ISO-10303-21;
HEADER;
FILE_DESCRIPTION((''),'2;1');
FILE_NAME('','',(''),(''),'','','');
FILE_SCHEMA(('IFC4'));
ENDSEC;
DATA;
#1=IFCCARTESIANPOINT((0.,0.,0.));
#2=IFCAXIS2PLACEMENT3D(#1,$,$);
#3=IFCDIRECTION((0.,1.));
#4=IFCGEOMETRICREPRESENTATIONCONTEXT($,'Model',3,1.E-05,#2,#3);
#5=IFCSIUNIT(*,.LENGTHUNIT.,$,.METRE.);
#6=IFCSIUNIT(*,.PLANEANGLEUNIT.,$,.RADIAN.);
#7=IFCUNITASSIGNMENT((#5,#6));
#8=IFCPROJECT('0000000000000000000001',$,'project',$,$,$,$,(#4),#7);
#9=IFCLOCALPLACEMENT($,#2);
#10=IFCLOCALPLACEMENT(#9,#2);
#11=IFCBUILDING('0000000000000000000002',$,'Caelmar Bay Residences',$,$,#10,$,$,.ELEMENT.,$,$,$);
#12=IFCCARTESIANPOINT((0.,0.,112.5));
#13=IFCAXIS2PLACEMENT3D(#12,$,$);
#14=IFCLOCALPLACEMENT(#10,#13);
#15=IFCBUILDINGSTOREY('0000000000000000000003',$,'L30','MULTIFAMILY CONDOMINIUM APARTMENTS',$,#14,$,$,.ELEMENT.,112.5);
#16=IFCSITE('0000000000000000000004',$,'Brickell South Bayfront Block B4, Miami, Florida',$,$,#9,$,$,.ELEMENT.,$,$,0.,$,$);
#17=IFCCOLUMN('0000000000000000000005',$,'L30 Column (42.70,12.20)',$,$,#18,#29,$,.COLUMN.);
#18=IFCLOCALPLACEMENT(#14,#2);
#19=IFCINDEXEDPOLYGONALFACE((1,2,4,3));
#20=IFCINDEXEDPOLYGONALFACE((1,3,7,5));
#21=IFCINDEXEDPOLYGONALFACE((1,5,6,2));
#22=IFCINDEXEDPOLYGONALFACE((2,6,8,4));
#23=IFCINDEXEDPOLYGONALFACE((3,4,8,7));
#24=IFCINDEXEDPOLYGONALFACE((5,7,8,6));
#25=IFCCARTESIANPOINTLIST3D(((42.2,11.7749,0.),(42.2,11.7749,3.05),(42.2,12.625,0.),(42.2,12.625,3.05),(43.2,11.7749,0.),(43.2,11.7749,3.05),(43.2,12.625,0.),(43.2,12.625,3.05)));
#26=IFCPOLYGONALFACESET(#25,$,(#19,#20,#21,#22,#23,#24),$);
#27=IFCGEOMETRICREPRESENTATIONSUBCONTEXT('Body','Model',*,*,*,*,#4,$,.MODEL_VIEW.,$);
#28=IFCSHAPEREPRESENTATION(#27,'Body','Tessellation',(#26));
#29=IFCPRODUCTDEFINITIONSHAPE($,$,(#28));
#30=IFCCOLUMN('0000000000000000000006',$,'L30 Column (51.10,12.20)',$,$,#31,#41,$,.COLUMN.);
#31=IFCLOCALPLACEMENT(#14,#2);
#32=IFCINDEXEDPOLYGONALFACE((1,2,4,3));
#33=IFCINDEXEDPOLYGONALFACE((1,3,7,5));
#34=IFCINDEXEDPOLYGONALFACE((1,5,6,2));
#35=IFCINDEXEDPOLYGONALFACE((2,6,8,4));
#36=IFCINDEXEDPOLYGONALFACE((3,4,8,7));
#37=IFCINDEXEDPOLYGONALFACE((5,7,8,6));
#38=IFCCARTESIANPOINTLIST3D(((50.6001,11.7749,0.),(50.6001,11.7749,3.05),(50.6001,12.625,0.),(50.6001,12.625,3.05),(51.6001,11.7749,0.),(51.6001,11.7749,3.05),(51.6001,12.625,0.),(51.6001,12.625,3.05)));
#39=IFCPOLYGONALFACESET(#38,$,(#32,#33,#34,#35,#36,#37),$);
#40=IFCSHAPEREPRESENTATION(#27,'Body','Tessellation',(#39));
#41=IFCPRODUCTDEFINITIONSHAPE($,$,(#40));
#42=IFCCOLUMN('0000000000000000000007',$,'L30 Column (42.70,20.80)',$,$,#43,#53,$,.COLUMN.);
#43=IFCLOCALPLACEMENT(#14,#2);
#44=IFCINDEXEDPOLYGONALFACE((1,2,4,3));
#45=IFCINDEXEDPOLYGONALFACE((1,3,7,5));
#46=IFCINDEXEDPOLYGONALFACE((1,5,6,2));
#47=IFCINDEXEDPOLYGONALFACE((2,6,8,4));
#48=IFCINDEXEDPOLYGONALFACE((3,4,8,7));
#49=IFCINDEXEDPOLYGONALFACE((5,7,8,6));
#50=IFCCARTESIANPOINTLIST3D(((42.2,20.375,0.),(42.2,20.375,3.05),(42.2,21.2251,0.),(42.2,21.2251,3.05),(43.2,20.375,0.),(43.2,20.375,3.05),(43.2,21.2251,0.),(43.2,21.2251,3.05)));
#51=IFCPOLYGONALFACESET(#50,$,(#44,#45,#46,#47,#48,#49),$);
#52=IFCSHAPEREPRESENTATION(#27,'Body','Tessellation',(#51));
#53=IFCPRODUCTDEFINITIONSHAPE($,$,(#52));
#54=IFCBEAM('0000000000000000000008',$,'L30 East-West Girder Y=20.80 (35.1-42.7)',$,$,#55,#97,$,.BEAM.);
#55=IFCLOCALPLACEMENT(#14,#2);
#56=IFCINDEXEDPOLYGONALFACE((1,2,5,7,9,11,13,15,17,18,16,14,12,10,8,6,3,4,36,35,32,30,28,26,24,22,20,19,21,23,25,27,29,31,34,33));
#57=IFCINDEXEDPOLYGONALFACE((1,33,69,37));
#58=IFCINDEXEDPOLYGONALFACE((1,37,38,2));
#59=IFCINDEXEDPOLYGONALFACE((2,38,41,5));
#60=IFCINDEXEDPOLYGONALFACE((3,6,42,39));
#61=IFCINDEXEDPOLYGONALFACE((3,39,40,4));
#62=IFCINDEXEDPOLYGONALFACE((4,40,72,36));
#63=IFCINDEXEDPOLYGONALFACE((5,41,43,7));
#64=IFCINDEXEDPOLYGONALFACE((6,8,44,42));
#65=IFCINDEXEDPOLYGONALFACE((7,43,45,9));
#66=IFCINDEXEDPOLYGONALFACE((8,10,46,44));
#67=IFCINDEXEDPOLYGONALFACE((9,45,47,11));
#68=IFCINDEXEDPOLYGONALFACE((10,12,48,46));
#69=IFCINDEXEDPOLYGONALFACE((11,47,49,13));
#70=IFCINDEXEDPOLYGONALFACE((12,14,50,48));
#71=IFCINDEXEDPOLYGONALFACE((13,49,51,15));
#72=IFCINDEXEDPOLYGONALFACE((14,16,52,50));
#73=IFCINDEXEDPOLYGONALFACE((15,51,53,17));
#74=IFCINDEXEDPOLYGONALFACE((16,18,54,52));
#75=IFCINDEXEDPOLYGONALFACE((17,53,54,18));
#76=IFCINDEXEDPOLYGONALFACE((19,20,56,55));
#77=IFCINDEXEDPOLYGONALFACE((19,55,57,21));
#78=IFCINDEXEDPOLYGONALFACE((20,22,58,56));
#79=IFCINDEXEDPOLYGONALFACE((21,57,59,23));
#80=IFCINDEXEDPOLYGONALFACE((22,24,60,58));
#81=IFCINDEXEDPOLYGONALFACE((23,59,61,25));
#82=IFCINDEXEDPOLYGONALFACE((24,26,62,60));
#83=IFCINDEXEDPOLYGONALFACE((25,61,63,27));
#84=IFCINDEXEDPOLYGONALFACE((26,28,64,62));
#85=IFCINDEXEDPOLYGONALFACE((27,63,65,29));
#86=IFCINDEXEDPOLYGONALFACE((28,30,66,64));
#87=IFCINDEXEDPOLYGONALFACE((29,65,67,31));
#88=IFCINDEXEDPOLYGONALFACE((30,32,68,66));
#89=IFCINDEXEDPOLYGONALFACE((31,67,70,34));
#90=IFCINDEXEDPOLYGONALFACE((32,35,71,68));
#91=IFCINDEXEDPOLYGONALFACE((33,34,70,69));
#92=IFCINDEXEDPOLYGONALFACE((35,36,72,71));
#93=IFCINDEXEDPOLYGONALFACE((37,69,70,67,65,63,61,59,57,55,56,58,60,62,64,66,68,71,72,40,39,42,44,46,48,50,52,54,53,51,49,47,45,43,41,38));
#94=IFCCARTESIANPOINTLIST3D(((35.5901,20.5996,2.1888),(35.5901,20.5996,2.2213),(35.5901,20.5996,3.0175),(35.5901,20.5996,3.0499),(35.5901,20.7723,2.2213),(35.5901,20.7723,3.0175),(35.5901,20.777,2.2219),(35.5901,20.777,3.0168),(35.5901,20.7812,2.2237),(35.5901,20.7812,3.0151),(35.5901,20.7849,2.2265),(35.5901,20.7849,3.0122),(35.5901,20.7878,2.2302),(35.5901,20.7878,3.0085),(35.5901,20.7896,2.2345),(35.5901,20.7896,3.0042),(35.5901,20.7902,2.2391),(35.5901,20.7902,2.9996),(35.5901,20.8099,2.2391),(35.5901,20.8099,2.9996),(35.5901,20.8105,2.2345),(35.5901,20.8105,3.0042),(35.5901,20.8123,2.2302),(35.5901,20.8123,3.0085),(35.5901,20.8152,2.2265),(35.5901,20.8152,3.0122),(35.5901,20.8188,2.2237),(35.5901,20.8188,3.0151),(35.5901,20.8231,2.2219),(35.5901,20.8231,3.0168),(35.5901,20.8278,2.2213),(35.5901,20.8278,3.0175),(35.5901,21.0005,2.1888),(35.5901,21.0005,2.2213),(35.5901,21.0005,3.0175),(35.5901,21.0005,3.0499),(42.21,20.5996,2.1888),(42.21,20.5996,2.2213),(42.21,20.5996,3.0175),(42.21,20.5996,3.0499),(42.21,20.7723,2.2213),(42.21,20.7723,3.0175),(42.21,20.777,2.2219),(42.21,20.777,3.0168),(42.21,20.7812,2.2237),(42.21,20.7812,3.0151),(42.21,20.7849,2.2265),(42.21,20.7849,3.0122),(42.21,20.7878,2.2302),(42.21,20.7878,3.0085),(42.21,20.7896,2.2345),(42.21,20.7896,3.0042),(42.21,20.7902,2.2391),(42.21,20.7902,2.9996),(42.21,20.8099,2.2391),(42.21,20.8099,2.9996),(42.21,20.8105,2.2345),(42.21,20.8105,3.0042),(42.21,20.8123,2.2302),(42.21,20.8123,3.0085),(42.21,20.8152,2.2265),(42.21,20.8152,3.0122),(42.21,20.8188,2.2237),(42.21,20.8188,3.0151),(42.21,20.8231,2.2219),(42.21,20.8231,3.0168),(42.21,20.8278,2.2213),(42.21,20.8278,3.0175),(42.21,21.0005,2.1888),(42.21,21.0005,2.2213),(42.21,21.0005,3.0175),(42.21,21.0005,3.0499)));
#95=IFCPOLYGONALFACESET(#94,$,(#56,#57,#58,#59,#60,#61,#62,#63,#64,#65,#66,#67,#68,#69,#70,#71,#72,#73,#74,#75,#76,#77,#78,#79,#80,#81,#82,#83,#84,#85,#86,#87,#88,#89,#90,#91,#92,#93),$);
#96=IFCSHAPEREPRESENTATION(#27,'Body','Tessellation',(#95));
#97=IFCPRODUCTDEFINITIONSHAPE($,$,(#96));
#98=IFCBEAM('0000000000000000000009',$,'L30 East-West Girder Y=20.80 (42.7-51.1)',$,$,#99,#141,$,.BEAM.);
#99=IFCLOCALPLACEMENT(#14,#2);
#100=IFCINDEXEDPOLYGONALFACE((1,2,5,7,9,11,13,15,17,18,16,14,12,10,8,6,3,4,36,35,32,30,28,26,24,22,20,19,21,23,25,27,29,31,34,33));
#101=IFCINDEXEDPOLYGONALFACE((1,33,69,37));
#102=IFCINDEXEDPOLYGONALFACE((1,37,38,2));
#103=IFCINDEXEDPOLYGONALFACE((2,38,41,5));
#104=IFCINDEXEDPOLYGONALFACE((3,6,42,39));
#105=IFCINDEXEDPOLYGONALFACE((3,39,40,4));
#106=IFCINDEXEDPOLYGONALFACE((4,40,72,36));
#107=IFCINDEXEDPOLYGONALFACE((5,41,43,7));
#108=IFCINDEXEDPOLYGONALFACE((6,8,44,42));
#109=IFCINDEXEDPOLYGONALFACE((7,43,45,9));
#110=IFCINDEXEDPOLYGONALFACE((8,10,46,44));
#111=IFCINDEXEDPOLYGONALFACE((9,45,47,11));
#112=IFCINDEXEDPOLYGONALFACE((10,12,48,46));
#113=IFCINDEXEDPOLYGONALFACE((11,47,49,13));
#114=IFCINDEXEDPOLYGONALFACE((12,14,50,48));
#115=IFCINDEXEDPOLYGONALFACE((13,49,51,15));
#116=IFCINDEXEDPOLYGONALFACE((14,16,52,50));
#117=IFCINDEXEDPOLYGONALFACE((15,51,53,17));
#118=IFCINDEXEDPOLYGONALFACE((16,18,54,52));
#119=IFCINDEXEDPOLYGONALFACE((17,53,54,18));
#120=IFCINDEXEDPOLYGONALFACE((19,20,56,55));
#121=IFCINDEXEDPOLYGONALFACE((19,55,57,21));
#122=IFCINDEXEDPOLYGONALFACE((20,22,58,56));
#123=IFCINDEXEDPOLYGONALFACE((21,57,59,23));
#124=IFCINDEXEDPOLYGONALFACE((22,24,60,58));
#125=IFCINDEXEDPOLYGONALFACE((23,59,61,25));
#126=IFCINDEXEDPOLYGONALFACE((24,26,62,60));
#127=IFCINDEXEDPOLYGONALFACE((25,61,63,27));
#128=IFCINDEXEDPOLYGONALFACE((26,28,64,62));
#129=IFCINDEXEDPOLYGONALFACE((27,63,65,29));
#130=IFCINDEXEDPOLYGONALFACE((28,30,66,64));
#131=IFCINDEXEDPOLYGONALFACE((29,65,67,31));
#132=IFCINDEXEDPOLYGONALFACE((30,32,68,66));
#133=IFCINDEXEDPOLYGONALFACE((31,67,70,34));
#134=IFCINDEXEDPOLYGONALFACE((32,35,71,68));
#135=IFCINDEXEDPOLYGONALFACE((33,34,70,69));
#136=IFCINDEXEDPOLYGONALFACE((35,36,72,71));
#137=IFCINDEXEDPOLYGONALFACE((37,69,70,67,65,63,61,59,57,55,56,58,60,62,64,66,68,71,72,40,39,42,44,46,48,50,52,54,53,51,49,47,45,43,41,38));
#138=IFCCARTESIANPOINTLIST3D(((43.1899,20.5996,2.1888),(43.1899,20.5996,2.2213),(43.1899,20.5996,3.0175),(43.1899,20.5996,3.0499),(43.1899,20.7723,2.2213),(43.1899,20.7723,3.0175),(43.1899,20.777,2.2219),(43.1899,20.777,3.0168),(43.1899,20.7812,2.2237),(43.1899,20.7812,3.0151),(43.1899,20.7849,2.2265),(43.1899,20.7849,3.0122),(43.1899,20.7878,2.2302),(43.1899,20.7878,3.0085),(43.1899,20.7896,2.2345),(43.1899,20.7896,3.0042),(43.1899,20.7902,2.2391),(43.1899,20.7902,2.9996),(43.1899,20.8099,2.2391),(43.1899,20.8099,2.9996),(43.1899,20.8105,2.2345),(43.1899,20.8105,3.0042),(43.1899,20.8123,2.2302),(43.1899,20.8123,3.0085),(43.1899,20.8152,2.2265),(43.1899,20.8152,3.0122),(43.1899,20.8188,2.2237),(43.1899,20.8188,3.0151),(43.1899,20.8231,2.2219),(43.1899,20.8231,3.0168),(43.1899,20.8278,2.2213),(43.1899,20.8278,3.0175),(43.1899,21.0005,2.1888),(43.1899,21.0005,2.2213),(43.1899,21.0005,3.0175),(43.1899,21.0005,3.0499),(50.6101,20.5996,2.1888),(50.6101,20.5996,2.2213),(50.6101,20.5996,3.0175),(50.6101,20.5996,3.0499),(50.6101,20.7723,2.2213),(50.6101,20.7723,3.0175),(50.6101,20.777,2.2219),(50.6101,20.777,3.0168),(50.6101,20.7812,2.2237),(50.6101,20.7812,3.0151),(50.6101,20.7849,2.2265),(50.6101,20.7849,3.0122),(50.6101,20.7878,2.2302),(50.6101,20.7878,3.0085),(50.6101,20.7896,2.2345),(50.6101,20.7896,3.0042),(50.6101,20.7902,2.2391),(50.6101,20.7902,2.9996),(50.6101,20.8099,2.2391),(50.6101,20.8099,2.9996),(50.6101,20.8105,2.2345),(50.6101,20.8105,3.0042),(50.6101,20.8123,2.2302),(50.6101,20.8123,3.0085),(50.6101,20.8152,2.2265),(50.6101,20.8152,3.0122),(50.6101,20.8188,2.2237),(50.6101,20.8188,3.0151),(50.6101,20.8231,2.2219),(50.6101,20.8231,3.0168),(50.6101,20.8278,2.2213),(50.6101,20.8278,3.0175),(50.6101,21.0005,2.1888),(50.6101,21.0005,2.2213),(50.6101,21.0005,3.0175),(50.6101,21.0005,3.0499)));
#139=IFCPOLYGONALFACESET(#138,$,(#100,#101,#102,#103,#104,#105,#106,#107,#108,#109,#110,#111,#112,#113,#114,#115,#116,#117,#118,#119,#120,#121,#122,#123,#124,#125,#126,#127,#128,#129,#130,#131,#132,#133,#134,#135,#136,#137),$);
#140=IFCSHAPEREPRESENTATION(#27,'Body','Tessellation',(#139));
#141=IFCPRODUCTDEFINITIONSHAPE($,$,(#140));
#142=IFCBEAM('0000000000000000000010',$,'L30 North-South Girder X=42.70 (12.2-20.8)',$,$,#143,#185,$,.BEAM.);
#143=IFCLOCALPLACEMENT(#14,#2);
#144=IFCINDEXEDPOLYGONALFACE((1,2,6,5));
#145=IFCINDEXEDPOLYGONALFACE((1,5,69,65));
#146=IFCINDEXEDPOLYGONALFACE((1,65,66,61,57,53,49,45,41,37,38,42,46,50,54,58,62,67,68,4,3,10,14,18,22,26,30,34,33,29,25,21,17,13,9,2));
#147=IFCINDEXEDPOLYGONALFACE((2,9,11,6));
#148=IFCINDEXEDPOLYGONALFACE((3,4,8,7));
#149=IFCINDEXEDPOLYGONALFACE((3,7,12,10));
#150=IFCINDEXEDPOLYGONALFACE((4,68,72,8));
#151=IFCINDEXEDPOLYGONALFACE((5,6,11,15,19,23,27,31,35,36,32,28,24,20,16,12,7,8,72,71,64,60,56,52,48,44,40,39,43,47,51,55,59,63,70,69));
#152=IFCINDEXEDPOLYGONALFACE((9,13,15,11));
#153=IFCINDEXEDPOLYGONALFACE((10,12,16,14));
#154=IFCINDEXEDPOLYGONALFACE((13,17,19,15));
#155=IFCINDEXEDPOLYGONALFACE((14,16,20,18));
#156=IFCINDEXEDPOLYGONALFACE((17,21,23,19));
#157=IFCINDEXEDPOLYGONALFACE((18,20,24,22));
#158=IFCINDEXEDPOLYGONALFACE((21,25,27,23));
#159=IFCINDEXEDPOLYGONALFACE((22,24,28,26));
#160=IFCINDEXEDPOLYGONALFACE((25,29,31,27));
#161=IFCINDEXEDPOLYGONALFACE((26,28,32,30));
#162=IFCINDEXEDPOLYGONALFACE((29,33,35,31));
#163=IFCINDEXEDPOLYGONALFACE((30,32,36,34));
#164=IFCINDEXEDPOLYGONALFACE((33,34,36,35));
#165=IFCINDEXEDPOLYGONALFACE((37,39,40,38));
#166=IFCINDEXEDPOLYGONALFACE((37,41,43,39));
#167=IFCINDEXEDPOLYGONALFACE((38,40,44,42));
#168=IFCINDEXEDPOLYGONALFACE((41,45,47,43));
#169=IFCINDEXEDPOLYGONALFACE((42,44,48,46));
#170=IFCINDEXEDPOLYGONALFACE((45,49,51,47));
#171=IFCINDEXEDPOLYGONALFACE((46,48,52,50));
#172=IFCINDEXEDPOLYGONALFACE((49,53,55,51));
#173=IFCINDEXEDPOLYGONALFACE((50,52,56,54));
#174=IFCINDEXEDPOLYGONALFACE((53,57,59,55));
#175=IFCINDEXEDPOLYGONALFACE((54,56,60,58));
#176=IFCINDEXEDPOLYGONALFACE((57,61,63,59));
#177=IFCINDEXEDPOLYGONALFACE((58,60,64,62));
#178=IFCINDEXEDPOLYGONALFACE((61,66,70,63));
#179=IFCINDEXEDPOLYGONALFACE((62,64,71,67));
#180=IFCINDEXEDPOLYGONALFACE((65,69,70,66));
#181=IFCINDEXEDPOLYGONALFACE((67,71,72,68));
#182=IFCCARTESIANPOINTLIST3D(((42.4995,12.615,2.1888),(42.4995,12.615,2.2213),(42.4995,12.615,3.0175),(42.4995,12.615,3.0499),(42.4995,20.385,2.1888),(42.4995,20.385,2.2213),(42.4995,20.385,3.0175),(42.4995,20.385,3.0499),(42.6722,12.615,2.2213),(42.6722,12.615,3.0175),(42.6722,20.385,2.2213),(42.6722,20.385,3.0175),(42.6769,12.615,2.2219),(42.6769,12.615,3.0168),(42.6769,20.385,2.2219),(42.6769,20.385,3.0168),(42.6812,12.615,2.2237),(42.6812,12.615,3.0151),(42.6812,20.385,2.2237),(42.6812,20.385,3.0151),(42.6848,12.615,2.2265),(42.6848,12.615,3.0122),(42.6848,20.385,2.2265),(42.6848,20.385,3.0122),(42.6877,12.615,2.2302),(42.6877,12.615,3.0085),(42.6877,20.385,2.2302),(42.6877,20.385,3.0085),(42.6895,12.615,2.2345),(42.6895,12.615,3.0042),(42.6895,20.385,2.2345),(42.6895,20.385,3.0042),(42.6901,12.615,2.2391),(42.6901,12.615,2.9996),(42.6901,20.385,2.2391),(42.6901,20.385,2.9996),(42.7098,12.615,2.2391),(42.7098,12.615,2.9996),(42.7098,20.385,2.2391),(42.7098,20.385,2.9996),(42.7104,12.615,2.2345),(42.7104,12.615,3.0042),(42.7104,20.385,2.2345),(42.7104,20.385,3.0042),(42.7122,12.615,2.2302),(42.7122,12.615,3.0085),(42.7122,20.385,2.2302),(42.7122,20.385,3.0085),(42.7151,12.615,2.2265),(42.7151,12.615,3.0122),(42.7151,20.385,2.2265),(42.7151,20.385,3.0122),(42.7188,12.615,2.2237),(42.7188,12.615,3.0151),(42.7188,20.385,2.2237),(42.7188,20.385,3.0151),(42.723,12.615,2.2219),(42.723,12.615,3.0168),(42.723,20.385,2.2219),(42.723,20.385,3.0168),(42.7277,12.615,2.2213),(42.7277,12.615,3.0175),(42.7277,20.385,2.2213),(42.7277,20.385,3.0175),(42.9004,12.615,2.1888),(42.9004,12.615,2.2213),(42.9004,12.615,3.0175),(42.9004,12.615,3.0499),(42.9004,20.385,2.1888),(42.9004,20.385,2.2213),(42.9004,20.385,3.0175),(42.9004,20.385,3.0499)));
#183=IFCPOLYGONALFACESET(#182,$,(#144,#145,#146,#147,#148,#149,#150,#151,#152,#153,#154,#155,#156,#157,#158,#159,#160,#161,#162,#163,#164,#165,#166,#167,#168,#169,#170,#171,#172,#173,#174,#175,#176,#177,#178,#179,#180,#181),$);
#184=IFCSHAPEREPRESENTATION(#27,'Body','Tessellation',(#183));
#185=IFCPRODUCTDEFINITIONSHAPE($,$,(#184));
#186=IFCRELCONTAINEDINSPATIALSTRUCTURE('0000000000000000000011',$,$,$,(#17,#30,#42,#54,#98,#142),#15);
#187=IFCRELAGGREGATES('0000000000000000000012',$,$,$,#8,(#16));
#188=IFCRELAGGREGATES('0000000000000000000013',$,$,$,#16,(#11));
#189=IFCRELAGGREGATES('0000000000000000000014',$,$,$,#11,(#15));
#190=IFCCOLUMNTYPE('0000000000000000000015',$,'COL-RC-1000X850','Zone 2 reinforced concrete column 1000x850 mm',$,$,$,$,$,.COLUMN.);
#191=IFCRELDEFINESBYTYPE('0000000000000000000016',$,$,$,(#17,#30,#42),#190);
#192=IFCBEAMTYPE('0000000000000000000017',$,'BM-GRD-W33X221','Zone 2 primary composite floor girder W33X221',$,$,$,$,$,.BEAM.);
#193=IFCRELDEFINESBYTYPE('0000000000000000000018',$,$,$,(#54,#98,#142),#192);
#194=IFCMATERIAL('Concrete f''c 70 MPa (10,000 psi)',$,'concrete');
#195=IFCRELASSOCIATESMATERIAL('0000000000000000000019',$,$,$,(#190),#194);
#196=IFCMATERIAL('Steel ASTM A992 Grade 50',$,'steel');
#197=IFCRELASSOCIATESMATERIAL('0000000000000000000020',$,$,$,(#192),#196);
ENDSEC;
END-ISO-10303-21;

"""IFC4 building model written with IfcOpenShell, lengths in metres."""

from ifc_helpers import new_model, si_unit, direction, frame, origin, origin_2d, place, context, subcontext, project, spatial, rectangle, i_section, extrude, material, material_profile, profile_set, type_object, element, save


model = new_model("IFC4")

# Units and contexts
model_context = context("Model", 3, precision=1e-05, world=origin(), true_north=direction((0.0, 1.0)))
body_context = subcontext(model_context, "Body", "Model", "MODEL_VIEW")
ifc_project = project(units=[si_unit("LENGTHUNIT", "METRE"), si_unit("PLANEANGLEUNIT", "RADIAN")], contexts=[model_context])

# Site, building, storey
site_placement = place(None, origin())
site = spatial("IfcSite", under=ifc_project, at=site_placement, Name="Brickell South Bayfront Block B4, Miami, Florida", CompositionType="ELEMENT", RefElevation=0.0)
building_placement = place(site_placement, origin())
building = spatial("IfcBuilding", under=site, at=building_placement, Name="Caelmar Bay Residences", CompositionType="ELEMENT")
storey_placement = place(building_placement, frame((0.0, 0.0, 112.5)))
storey = spatial("IfcBuildingStorey", under=building, at=storey_placement, Name="L30", Description="MULTIFAMILY CONDOMINIUM APARTMENTS", CompositionType="ELEMENT", Elevation=112.5)

# Columns
ifc_material_1 = material(Name="Concrete f'c 70 MPa (10,000 psi)", Category="concrete")
ifc_material_profile_1 = material_profile(ifc_material_1, rectangle(XDim=1.0, YDim=0.8501, at=origin_2d()), Name="RC-COL-1000X850")
ifc_profile_set_1 = profile_set([ifc_material_profile_1], Name="Concrete f'c 70 MPa (10,000 psi)")
column_type = type_object("IfcColumnType", Name="COL-RC-1000X850", Description="Zone 2 reinforced concrete column 1000x850 mm", PredefinedType="COLUMN", material=ifc_profile_set_1)
for number, where, z_axis, x_axis, name in (
    (1, (42.7, 12.2, 0.0), (0.0, 0.0, 1.0), (1.0, 0.0, 0.0), "L30 Column (42.70,12.20)"),
    (2, (51.1001, 12.2, 0.0), (0.0, 0.0, 1.0), (1.0, 0.0, 0.0), "L30 Column (51.10,12.20)"),
    (3, (42.7, 20.8, 0.0), (0.0, 0.0, 1.0), (1.0, 0.0, 0.0), "L30 Column (42.70,20.80)"),
):
    element("IfcColumn", number, at=place(storey_placement, frame(where, z_axis=z_axis, x_axis=x_axis)), inside=storey, type_object=column_type, Name=name, PredefinedType="COLUMN", context=body_context, shape_type="SweptSolid", body=[
        extrude(rectangle(XDim=1.0, YDim=0.8501, at=origin_2d()), origin(), (0.0, 0.0, 1.0), 3.05),
    ])

# Beams
ifc_material_2 = material(Name="Steel ASTM A992 Grade 50", Category="steel")
ifc_material_profile_2 = material_profile(ifc_material_2, i_section(OverallWidth=0.4009, OverallDepth=0.8611, WebThickness=0.0198, FlangeThickness=0.0325, FilletRadius=0.0178, at=origin_2d()), Name="W33X221")
ifc_profile_set_2 = profile_set([ifc_material_profile_2], Name="Steel ASTM A992 Grade 50")
beam_type_1 = type_object("IfcBeamType", Name="BM-GRD-W33X221", Description="Zone 2 primary composite floor girder W33X221", PredefinedType="BEAM", material=ifc_profile_set_2)
beam_1_placement = place(storey_placement, frame((35.5901, 20.8, 2.6194), z_axis=(1.0, 0.0, 0.0), x_axis=(0.0, 1.0, 0.0)))
element("IfcBeam", 4, at=beam_1_placement, inside=storey, type_object=beam_type_1, Name="L30 East-West Girder Y=20.80 (35.1-42.7)", PredefinedType="BEAM", context=body_context, shape_type="SweptSolid", body=[
    extrude(i_section(OverallWidth=0.4009, OverallDepth=0.8611, WebThickness=0.0198, FlangeThickness=0.0325, FilletRadius=0.0178, at=origin_2d()), origin(), (0.0, 0.0, 1.0), 6.6199),
])
beam_2_placement = place(storey_placement, frame((43.1899, 20.8, 2.6194), z_axis=(1.0, 0.0, 0.0), x_axis=(0.0, 1.0, 0.0)))
element("IfcBeam", 5, at=beam_2_placement, inside=storey, type_object=beam_type_1, Name="L30 East-West Girder Y=20.80 (42.7-51.1)", PredefinedType="BEAM", context=body_context, shape_type="SweptSolid", body=[
    extrude(i_section(OverallWidth=0.4009, OverallDepth=0.8611, WebThickness=0.0198, FlangeThickness=0.0325, FilletRadius=0.0178, at=origin_2d()), origin(), (0.0, 0.0, 1.0), 7.4202),
])
for number, where, z_axis, x_axis, name in (
    (6, (42.7, 12.615, 2.6194), (0.0, 1.0, 0.0), (-1.0, 0.0, 0.0), "L30 North-South Girder X=42.70 (12.2-20.8)"),
):
    element("IfcBeam", number, at=place(storey_placement, frame(where, z_axis=z_axis, x_axis=x_axis)), inside=storey, type_object=beam_type_1, Name=name, PredefinedType="BEAM", context=body_context, shape_type="SweptSolid", body=[
        extrude(i_section(OverallWidth=0.4009, OverallDepth=0.8611, WebThickness=0.0198, FlangeThickness=0.0325, FilletRadius=0.0178, at=origin_2d()), origin(), (0.0, 0.0, 1.0), 7.77),
    ])

save(model, "model.ifc")
